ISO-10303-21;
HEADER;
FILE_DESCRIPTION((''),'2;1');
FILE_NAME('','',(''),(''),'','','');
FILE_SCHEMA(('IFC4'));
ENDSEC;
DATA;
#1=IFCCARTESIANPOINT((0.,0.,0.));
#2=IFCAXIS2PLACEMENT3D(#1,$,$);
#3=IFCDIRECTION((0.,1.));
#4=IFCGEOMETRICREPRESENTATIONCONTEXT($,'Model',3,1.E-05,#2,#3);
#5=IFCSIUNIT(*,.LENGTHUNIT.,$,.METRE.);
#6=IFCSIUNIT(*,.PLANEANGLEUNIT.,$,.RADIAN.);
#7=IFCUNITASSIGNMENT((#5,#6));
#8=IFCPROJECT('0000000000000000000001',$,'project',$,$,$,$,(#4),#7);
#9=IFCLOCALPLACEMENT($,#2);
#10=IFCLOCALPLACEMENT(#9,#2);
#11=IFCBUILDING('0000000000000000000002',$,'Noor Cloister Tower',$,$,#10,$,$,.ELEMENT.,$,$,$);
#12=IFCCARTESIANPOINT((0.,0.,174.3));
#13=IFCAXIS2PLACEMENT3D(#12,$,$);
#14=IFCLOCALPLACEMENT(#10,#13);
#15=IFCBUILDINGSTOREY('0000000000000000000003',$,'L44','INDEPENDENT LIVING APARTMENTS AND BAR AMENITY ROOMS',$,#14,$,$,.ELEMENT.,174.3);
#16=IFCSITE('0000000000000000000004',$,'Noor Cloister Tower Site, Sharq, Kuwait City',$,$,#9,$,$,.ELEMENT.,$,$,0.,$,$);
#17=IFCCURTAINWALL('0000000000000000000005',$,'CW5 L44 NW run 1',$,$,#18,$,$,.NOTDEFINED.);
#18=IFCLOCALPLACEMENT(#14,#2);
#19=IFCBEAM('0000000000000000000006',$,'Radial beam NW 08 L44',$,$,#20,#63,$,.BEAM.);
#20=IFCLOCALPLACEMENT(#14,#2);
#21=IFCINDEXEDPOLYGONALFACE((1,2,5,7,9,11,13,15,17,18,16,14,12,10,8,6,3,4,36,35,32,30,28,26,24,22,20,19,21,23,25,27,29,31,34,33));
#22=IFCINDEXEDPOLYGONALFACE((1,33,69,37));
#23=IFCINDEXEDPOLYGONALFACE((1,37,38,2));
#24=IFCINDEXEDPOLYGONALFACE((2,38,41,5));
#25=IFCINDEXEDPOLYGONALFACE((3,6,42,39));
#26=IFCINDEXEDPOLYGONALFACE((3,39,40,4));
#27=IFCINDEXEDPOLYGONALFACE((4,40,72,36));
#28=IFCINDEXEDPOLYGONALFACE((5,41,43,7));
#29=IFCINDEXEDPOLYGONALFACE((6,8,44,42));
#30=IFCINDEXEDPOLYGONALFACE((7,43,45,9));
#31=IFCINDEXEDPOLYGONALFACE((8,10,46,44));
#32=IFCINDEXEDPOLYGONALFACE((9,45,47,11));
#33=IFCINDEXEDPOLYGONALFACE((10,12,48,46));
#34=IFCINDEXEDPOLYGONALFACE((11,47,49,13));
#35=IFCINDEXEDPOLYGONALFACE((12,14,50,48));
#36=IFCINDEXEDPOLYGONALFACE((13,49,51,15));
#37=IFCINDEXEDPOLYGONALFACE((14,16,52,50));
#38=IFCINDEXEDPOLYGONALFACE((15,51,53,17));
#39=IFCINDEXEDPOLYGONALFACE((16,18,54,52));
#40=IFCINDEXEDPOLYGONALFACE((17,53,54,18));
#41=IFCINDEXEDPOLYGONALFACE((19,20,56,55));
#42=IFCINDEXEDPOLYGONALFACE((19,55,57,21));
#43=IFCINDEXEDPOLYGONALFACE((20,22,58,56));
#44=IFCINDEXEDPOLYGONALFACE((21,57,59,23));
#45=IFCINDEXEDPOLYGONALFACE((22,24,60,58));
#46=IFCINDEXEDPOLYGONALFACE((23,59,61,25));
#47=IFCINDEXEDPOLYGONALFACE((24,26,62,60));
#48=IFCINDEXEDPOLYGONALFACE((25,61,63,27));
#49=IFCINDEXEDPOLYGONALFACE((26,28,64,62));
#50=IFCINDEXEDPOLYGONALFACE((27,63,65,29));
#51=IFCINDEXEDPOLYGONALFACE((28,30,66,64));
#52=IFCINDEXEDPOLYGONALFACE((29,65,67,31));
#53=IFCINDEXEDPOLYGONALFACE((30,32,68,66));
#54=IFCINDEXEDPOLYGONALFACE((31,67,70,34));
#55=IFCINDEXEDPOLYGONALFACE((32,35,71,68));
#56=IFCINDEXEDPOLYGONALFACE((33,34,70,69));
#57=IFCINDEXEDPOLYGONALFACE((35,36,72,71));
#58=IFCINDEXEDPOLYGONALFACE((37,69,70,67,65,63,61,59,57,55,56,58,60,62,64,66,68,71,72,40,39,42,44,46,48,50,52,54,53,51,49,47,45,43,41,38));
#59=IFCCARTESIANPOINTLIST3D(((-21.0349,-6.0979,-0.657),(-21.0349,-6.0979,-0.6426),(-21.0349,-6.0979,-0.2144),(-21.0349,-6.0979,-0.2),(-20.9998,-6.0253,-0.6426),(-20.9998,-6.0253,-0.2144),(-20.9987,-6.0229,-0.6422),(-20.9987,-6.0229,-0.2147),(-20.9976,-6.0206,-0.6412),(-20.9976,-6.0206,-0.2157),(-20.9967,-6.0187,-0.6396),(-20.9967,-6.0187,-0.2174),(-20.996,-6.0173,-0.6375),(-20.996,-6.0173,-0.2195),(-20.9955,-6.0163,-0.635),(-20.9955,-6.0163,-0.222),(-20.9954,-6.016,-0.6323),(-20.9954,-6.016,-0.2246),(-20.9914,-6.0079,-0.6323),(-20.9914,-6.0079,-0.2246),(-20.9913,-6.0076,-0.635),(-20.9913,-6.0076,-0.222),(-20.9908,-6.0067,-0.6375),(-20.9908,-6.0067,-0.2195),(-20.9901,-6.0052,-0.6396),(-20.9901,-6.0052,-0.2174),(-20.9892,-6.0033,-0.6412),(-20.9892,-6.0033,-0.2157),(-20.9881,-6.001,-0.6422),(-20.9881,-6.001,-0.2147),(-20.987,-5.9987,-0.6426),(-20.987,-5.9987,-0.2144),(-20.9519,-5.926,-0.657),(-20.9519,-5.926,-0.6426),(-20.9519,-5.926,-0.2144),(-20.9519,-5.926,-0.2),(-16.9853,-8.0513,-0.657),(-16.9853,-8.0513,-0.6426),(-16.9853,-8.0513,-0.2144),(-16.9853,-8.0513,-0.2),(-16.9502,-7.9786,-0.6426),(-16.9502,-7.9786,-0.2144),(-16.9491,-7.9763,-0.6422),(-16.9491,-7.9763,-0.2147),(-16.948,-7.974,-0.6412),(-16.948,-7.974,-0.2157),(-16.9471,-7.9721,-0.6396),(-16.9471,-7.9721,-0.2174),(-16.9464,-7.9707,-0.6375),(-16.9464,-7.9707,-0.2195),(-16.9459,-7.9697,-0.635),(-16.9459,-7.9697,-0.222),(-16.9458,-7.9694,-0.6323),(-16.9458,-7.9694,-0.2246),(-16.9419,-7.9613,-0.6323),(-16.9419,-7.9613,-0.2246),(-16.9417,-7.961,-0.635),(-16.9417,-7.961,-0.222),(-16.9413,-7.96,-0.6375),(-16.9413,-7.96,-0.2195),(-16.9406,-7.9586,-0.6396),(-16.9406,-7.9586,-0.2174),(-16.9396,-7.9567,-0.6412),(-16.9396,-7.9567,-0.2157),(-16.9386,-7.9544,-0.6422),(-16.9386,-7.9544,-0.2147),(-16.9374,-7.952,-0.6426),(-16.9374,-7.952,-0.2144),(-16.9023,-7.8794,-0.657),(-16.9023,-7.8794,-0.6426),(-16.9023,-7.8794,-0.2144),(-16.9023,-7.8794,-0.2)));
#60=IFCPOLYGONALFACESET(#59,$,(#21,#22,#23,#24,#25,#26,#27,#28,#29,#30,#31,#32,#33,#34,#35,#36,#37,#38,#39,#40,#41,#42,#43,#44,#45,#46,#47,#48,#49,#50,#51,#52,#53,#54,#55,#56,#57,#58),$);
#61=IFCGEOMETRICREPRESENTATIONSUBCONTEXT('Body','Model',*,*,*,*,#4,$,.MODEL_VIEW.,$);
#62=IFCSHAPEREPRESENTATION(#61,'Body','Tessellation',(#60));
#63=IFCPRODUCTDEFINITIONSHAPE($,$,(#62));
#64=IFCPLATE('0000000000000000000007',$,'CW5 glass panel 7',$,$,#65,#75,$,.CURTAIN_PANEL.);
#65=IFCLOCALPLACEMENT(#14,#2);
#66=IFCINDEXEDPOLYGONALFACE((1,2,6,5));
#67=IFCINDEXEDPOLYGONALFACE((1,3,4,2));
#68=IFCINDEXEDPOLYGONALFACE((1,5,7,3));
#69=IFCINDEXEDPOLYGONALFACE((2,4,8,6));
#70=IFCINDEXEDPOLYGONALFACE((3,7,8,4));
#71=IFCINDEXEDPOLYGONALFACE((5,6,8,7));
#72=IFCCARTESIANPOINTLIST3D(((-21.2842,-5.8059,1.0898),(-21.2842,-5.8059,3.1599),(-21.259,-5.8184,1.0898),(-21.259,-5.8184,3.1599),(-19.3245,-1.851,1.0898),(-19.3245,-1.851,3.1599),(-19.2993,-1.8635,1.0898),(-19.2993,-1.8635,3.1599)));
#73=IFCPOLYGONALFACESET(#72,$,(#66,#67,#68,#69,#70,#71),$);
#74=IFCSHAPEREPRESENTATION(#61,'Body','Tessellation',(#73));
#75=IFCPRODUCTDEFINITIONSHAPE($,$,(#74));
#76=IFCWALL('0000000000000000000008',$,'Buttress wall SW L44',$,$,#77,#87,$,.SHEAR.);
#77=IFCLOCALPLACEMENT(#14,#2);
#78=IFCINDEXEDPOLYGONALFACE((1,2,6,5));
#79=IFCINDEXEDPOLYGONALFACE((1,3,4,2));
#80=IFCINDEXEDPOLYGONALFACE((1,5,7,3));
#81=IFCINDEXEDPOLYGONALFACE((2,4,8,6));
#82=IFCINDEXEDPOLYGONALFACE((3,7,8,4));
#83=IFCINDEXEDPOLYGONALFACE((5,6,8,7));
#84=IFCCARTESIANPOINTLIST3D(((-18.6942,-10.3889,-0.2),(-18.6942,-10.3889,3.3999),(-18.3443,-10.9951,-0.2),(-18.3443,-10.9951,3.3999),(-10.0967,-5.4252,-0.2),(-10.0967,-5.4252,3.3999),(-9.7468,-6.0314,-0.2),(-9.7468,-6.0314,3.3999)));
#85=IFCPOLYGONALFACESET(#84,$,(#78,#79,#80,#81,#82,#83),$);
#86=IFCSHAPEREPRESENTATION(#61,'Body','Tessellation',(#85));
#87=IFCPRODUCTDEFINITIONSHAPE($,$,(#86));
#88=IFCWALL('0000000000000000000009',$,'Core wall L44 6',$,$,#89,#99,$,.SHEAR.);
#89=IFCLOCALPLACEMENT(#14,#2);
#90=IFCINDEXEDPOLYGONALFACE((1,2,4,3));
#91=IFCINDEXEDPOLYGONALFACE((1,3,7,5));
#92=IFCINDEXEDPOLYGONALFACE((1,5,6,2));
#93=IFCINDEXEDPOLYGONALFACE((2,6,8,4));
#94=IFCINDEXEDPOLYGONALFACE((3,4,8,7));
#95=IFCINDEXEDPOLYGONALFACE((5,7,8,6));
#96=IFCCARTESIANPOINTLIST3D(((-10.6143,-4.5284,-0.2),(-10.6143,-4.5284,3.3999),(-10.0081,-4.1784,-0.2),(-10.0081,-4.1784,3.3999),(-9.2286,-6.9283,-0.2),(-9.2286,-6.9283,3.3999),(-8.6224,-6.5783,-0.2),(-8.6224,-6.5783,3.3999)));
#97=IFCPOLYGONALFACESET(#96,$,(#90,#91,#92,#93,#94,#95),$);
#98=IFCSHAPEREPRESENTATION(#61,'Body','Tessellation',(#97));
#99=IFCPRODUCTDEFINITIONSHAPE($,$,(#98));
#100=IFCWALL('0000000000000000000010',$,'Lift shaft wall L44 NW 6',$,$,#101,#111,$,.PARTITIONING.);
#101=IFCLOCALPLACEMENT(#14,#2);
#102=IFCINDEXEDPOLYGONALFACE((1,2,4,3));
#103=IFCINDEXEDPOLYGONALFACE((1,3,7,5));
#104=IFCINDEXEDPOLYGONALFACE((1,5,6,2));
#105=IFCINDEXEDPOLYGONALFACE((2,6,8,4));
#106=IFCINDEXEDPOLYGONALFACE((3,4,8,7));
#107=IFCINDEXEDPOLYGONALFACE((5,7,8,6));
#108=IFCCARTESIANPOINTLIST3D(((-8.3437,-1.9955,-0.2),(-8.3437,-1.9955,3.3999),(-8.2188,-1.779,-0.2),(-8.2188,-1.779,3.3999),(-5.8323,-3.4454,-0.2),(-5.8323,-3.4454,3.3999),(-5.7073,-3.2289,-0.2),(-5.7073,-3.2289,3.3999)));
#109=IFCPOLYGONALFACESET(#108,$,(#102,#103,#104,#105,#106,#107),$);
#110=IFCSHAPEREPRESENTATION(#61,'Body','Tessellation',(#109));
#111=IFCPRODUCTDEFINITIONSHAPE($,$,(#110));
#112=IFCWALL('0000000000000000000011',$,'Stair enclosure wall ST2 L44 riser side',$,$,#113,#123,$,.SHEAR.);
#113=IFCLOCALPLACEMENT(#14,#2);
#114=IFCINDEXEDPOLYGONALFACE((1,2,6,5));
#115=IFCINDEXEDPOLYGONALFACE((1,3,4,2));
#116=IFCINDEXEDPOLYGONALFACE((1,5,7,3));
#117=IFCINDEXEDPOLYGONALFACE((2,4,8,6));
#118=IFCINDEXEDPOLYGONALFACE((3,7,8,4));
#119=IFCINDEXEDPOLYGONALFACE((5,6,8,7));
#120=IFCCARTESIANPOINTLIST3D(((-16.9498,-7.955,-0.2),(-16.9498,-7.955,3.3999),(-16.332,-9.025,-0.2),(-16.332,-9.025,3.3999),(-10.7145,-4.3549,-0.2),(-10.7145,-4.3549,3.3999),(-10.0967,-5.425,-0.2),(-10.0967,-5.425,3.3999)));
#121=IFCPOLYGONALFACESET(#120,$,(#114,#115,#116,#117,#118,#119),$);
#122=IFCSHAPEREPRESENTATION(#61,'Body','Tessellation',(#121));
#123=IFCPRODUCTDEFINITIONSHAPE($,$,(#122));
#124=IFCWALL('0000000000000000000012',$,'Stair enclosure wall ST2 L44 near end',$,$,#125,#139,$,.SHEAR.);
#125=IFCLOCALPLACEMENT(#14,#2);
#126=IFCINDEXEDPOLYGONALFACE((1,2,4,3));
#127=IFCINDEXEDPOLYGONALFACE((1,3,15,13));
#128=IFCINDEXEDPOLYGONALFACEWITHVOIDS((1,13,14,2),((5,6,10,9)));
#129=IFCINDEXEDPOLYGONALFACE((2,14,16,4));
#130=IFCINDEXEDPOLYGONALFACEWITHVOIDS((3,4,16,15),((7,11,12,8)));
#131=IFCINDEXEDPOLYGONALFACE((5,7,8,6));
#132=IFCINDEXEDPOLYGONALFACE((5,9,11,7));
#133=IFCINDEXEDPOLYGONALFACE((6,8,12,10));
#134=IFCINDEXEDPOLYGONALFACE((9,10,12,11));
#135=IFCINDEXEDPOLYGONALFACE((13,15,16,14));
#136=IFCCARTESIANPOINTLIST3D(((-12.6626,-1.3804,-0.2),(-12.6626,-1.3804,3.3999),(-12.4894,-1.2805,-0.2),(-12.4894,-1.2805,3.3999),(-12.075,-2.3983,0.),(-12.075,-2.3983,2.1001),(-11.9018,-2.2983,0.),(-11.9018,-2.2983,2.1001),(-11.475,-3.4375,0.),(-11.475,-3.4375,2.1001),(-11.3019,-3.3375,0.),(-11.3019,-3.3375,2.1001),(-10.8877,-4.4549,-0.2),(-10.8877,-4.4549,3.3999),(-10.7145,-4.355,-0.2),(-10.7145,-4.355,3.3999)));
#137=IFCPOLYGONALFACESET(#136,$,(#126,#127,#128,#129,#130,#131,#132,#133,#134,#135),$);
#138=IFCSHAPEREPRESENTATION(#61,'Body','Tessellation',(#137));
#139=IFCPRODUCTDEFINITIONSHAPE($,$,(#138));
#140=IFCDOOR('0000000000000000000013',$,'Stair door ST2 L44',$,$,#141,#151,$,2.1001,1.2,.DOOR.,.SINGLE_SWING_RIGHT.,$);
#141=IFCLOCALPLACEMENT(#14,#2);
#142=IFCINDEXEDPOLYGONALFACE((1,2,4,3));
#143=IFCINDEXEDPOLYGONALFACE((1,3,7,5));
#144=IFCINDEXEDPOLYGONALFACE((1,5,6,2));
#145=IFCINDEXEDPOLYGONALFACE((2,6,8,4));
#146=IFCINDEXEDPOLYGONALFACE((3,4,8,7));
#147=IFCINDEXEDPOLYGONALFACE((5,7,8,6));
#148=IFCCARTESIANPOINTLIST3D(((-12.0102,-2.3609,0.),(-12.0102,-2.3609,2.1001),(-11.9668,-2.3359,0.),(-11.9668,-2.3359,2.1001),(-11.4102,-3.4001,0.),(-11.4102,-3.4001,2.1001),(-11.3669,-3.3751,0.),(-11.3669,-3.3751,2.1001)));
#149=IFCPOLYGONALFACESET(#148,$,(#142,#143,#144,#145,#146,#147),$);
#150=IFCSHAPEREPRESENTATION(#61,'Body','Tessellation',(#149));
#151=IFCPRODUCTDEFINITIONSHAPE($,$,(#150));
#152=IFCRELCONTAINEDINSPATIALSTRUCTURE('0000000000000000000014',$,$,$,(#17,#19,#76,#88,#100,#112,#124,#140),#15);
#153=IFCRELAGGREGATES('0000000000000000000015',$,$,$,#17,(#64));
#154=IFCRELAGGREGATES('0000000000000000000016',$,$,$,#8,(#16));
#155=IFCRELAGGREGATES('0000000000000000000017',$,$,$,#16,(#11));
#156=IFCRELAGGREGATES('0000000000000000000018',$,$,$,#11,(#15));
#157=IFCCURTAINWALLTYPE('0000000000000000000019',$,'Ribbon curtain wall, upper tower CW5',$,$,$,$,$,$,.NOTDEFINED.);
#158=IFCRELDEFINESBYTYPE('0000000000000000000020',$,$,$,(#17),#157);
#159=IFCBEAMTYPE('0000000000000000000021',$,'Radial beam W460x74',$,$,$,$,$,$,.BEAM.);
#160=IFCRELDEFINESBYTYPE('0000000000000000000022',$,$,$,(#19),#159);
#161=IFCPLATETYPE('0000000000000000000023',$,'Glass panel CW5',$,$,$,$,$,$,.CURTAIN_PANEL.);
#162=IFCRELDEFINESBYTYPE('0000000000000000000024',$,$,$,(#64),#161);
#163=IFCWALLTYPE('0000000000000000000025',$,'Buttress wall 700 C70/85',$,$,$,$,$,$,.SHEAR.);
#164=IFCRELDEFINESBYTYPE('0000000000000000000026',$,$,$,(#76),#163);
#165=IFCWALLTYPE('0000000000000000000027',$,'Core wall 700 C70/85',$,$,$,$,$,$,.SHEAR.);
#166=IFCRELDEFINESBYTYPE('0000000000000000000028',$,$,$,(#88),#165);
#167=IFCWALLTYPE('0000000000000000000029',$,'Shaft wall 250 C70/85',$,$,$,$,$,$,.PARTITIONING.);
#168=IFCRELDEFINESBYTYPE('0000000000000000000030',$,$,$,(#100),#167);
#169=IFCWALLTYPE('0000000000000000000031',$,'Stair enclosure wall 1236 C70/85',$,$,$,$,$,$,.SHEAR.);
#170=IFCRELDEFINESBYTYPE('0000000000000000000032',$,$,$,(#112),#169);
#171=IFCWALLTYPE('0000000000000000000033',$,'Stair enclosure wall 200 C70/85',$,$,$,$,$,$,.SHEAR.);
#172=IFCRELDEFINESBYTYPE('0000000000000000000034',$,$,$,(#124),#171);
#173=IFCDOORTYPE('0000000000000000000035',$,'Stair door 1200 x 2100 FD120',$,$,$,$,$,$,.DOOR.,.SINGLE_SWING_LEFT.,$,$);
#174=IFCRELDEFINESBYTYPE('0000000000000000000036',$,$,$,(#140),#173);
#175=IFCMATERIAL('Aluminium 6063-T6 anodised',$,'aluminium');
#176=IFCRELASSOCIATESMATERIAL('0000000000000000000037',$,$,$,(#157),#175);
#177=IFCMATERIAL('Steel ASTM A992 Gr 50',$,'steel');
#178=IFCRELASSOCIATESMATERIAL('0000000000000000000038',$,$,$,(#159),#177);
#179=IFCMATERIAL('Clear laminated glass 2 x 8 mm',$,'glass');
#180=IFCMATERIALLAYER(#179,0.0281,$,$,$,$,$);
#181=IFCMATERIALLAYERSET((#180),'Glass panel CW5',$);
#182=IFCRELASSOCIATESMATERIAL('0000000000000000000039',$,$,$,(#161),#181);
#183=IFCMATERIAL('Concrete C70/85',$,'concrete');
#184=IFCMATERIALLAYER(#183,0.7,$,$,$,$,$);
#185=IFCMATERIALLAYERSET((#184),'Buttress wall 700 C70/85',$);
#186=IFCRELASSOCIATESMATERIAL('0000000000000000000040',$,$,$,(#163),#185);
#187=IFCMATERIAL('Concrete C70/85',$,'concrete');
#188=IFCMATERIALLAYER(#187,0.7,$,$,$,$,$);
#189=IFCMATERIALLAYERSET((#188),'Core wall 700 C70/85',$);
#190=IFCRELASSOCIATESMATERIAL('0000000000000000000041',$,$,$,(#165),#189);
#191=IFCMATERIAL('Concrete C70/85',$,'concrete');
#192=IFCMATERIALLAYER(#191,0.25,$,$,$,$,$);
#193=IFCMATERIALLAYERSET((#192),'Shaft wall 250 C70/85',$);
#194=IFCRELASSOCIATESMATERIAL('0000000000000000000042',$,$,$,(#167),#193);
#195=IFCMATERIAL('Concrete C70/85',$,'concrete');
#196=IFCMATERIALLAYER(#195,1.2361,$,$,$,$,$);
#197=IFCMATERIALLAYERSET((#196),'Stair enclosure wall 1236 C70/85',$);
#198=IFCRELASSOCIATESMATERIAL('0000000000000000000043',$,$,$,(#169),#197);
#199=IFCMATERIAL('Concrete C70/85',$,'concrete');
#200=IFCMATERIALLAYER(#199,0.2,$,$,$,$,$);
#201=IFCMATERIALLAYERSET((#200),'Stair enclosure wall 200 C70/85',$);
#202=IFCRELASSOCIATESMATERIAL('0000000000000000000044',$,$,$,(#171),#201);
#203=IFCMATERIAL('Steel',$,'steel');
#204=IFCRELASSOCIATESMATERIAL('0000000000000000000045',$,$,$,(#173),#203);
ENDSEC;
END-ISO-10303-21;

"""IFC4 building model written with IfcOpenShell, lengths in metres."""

from ifc_helpers import new_model, si_unit, direction, frame, frame_2d, origin, origin_2d, place, context, subcontext, project, spatial, rectangle, i_section, extrude, material, layer, layer_set, material_profile, profile_set, type_object, element, fill, aggregate, save


model = new_model("IFC4")

# Units and contexts
model_context = context("Model", 3, precision=1e-05, world=origin(), true_north=direction((0.0, 1.0)))
body_context = subcontext(model_context, "Body", "Model", "MODEL_VIEW")
ifc_project = project(units=[si_unit("LENGTHUNIT", "METRE"), si_unit("PLANEANGLEUNIT", "RADIAN")], contexts=[model_context])

# Site, building, storey
site_placement = place(None, origin())
site = spatial("IfcSite", under=ifc_project, at=site_placement, Name="Noor Cloister Tower Site, Sharq, Kuwait City", CompositionType="ELEMENT", RefElevation=0.0)
building_placement = place(site_placement, origin())
building = spatial("IfcBuilding", under=site, at=building_placement, Name="Noor Cloister Tower", CompositionType="ELEMENT")
storey_placement = place(building_placement, frame((0.0, 0.0, 174.3)))
storey = spatial("IfcBuildingStorey", under=building, at=storey_placement, Name="L44", Description="INDEPENDENT LIVING APARTMENTS AND BAR AMENITY ROOMS", CompositionType="ELEMENT", Elevation=174.3)

# Curtain wall
ifc_material_1 = material(Name="Aluminium 6063-T6 anodised", Category="aluminium")
curtain_wall_type = type_object("IfcCurtainWallType", Name="Ribbon curtain wall, upper tower CW5", PredefinedType="NOTDEFINED", material=ifc_material_1)
curtain_wall_placement = place(storey_placement, origin())
curtain_wall = element("IfcCurtainWall", 1, at=curtain_wall_placement, inside=storey, type_object=curtain_wall_type, Name="CW5 L44 NW run 1", PredefinedType="NOTDEFINED")

# Beam
ifc_material_2 = material(Name="Steel ASTM A992 Gr 50", Category="steel")
ifc_material_profile_1 = material_profile(ifc_material_2, i_section(OverallWidth=0.1909, OverallDepth=0.457, WebThickness=0.009, FlangeThickness=0.0144, FilletRadius=0.0103, at=origin_2d()), Name="W460x74")
ifc_profile_set_1 = profile_set([ifc_material_profile_1], Name="Steel ASTM A992 Gr 50")
beam_type_1 = type_object("IfcBeamType", Name="Radial beam W460x74", PredefinedType="BEAM", material=ifc_profile_set_1)
beam_1_placement = place(storey_placement, frame((-20.9934, -6.012, -0.4285), z_axis=(0.90069, -0.434462, 0.0), x_axis=(0.434462, 0.90069, 0.0)))
element("IfcBeam", 2, at=beam_1_placement, inside=storey, type_object=beam_type_1, Name="Radial beam NW 08 L44", PredefinedType="BEAM", context=body_context, shape_type="SweptSolid", body=[
    extrude(i_section(OverallWidth=0.1909, OverallDepth=0.457, WebThickness=0.009, FlangeThickness=0.0144, FilletRadius=0.0103, at=origin_2d()), origin(), (0.0, 0.0, 1.0), 4.4961),
])

# Plate
ifc_material_3 = material(Name="Clear laminated glass 2 x 8 mm", Category="glass")
ifc_layer_1 = layer(ifc_material_3, 0.0281)
ifc_layer_set_1 = layer_set([ifc_layer_1], Name="Glass panel CW5")
plate_type = type_object("IfcPlateType", Name="Glass panel CW5", PredefinedType="CURTAIN_PANEL", material=ifc_layer_set_1)
plate_placement = place(storey_placement, frame((-20.2917, -3.8347, 1.0898), z_axis=(0.0, 0.0, 1.0), x_axis=(-0.443997, -0.896029, 0.0)))
plate = element("IfcPlate", 3, at=plate_placement, type_object=plate_type, Name="CW5 glass panel 7", PredefinedType="CURTAIN_PANEL", context=body_context, shape_type="SweptSolid", body=[
    extrude(rectangle(XDim=4.4138, YDim=0.0281, at=origin_2d()), origin(), (0.0, 0.0, 1.0), 2.0701),
])
aggregate(curtain_wall, [plate])

# Walls
ifc_material_4 = material(Name="Concrete C70/85", Category="concrete")
ifc_layer_2 = layer(ifc_material_4, 0.7)
ifc_layer_set_2 = layer_set([ifc_layer_2], Name="Buttress wall 700 C70/85")
wall_type_1 = type_object("IfcWallType", Name="Buttress wall 700 C70/85", PredefinedType="SHEAR", material=ifc_layer_set_2)
wall_1_placement = place(storey_placement, frame((-9.9216, -5.7283, -0.2), z_axis=(0.0, 0.0, 1.0), x_axis=(-0.86603, -0.499993, 0.0)))
element("IfcWall", 4, at=wall_1_placement, inside=storey, type_object=wall_type_1, Name="Buttress wall SW L44", PredefinedType="SHEAR", context=body_context, shape_type="SweptSolid", body=[
    extrude(rectangle(XDim=9.9275, YDim=0.7, at=frame_2d((4.9639, 0.0))), origin(), (0.0, 0.0, 1.0), 3.5999),
])
ifc_material_5 = material(Name="Concrete C70/85", Category="concrete")
ifc_layer_3 = layer(ifc_material_5, 0.7)
ifc_layer_set_3 = layer_set([ifc_layer_3], Name="Core wall 700 C70/85")
wall_type_2 = type_object("IfcWallType", Name="Core wall 700 C70/85", PredefinedType="SHEAR", material=ifc_layer_set_3)
wall_2_placement = place(storey_placement, frame((-10.3113, -4.3533, -0.2), z_axis=(0.0, 0.0, 1.0), x_axis=(0.500043, -0.866001, 0.0)))
element("IfcWall", 5, at=wall_2_placement, inside=storey, type_object=wall_type_2, Name="Core wall L44 6", PredefinedType="SHEAR", context=body_context, shape_type="SweptSolid", body=[
    extrude(rectangle(XDim=2.7712, YDim=0.7, at=frame_2d((1.3857, 0.0))), origin(), (0.0, 0.0, 1.0), 3.5999),
])
ifc_material_6 = material(Name="Concrete C70/85", Category="concrete")
ifc_layer_4 = layer(ifc_material_6, 0.25)
ifc_layer_set_4 = layer_set([ifc_layer_4], Name="Shaft wall 250 C70/85")
wall_type_3 = type_object("IfcWallType", Name="Shaft wall 250 C70/85", PredefinedType="PARTITIONING", material=ifc_layer_set_4)
wall_3_placement = place(storey_placement, frame((-8.2812, -1.8872, -0.2), z_axis=(0.0, 0.0, 1.0), x_axis=(0.866033, -0.499987, 0.0)))
element("IfcWall", 6, at=wall_3_placement, inside=storey, type_object=wall_type_3, Name="Lift shaft wall L44 NW 6", PredefinedType="PARTITIONING", context=body_context, shape_type="SweptSolid", body=[
    extrude(rectangle(XDim=2.8999, YDim=0.25, at=frame_2d((1.45, 0.0))), origin(), (0.0, 0.0, 1.0), 3.5999),
])
ifc_material_7 = material(Name="Concrete C70/85", Category="concrete")
ifc_layer_5 = layer(ifc_material_7, 1.2361)
ifc_layer_set_5 = layer_set([ifc_layer_5], Name="Stair enclosure wall 1236 C70/85")
wall_type_4 = type_object("IfcWallType", Name="Stair enclosure wall 1236 C70/85", PredefinedType="SHEAR", material=ifc_layer_set_5)
wall_4_placement = place(storey_placement, frame((-10.4055, -4.8899, -0.2), z_axis=(0.0, 0.0, 1.0), x_axis=(-0.866018, -0.500012, 0.0)))
element("IfcWall", 7, at=wall_4_placement, inside=storey, type_object=wall_type_4, Name="Stair enclosure wall ST2 L44 riser side", PredefinedType="SHEAR", context=body_context, shape_type="SweptSolid", body=[
    extrude(rectangle(XDim=7.2, YDim=1.2356, at=frame_2d((3.6001, 0.0))), origin(), (0.0, 0.0, 1.0), 3.5999),
])

# Wall, opening, door
ifc_material_8 = material(Name="Concrete C70/85", Category="concrete")
ifc_layer_6 = layer(ifc_material_8, 0.2)
ifc_layer_set_6 = layer_set([ifc_layer_6], Name="Stair enclosure wall 200 C70/85")
wall_type_5 = type_object("IfcWallType", Name="Stair enclosure wall 200 C70/85", PredefinedType="SHEAR", material=ifc_layer_set_6)
wall_5_placement = place(storey_placement, frame((-12.5759, -1.3306, -0.2), z_axis=(0.0, 0.0, 1.0), x_axis=(0.49997, -0.866042, 0.0)))
wall_5 = element("IfcWall", 8, at=wall_5_placement, inside=storey, type_object=wall_type_5, Name="Stair enclosure wall ST2 L44 near end", PredefinedType="SHEAR", context=body_context, shape_type="SweptSolid", body=[
    extrude(rectangle(XDim=3.55, YDim=0.2, at=frame_2d((1.7749, 0.0))), origin(), (0.0, 0.0, 1.0), 3.5999),
])
opening_1_placement = place(wall_5_placement, frame((1.175, 0.0, 0.2)))
opening_1 = element("IfcOpeningElement", 9, at=opening_1_placement, cuts=wall_5, PredefinedType="OPENING", context=body_context, shape_type="SweptSolid", body=[
    extrude(rectangle(XDim=1.2, YDim=2.1001, at=frame_2d((0.6001, 1.05))), frame((0.0, 0.1099, 0.0), z_axis=(0.0, -1.0, 0.0), x_axis=(1.0, 0.0, 0.0)), (0.0, 0.0, 1.0), 0.22),
])
ifc_material_9 = material(Name="Steel", Category="steel")
door_type = type_object("IfcDoorType", Name="Stair door 1200 x 2100 FD120", OperationType="SINGLE_SWING_LEFT", PredefinedType="DOOR", material=ifc_material_9)
door_1_placement = place(opening_1_placement, origin())
door_1 = element("IfcDoor", 10, at=door_1_placement, inside=storey, type_object=door_type, Name="Stair door ST2 L44", OperationType="SINGLE_SWING_RIGHT", OverallHeight=2.1001, OverallWidth=1.2, PredefinedType="DOOR", context=body_context, shape_type="SweptSolid", body=[
    extrude(rectangle(XDim=1.2, YDim=2.1001, at=frame_2d((0.6001, 1.05))), frame((0.0, 0.0249, 0.0), z_axis=(0.0, -1.0, 0.0), x_axis=(1.0, 0.0, 0.0)), (0.0, 0.0, 1.0), 0.05),
])
fill(opening_1, door_1)

save(model, "model.ifc")
